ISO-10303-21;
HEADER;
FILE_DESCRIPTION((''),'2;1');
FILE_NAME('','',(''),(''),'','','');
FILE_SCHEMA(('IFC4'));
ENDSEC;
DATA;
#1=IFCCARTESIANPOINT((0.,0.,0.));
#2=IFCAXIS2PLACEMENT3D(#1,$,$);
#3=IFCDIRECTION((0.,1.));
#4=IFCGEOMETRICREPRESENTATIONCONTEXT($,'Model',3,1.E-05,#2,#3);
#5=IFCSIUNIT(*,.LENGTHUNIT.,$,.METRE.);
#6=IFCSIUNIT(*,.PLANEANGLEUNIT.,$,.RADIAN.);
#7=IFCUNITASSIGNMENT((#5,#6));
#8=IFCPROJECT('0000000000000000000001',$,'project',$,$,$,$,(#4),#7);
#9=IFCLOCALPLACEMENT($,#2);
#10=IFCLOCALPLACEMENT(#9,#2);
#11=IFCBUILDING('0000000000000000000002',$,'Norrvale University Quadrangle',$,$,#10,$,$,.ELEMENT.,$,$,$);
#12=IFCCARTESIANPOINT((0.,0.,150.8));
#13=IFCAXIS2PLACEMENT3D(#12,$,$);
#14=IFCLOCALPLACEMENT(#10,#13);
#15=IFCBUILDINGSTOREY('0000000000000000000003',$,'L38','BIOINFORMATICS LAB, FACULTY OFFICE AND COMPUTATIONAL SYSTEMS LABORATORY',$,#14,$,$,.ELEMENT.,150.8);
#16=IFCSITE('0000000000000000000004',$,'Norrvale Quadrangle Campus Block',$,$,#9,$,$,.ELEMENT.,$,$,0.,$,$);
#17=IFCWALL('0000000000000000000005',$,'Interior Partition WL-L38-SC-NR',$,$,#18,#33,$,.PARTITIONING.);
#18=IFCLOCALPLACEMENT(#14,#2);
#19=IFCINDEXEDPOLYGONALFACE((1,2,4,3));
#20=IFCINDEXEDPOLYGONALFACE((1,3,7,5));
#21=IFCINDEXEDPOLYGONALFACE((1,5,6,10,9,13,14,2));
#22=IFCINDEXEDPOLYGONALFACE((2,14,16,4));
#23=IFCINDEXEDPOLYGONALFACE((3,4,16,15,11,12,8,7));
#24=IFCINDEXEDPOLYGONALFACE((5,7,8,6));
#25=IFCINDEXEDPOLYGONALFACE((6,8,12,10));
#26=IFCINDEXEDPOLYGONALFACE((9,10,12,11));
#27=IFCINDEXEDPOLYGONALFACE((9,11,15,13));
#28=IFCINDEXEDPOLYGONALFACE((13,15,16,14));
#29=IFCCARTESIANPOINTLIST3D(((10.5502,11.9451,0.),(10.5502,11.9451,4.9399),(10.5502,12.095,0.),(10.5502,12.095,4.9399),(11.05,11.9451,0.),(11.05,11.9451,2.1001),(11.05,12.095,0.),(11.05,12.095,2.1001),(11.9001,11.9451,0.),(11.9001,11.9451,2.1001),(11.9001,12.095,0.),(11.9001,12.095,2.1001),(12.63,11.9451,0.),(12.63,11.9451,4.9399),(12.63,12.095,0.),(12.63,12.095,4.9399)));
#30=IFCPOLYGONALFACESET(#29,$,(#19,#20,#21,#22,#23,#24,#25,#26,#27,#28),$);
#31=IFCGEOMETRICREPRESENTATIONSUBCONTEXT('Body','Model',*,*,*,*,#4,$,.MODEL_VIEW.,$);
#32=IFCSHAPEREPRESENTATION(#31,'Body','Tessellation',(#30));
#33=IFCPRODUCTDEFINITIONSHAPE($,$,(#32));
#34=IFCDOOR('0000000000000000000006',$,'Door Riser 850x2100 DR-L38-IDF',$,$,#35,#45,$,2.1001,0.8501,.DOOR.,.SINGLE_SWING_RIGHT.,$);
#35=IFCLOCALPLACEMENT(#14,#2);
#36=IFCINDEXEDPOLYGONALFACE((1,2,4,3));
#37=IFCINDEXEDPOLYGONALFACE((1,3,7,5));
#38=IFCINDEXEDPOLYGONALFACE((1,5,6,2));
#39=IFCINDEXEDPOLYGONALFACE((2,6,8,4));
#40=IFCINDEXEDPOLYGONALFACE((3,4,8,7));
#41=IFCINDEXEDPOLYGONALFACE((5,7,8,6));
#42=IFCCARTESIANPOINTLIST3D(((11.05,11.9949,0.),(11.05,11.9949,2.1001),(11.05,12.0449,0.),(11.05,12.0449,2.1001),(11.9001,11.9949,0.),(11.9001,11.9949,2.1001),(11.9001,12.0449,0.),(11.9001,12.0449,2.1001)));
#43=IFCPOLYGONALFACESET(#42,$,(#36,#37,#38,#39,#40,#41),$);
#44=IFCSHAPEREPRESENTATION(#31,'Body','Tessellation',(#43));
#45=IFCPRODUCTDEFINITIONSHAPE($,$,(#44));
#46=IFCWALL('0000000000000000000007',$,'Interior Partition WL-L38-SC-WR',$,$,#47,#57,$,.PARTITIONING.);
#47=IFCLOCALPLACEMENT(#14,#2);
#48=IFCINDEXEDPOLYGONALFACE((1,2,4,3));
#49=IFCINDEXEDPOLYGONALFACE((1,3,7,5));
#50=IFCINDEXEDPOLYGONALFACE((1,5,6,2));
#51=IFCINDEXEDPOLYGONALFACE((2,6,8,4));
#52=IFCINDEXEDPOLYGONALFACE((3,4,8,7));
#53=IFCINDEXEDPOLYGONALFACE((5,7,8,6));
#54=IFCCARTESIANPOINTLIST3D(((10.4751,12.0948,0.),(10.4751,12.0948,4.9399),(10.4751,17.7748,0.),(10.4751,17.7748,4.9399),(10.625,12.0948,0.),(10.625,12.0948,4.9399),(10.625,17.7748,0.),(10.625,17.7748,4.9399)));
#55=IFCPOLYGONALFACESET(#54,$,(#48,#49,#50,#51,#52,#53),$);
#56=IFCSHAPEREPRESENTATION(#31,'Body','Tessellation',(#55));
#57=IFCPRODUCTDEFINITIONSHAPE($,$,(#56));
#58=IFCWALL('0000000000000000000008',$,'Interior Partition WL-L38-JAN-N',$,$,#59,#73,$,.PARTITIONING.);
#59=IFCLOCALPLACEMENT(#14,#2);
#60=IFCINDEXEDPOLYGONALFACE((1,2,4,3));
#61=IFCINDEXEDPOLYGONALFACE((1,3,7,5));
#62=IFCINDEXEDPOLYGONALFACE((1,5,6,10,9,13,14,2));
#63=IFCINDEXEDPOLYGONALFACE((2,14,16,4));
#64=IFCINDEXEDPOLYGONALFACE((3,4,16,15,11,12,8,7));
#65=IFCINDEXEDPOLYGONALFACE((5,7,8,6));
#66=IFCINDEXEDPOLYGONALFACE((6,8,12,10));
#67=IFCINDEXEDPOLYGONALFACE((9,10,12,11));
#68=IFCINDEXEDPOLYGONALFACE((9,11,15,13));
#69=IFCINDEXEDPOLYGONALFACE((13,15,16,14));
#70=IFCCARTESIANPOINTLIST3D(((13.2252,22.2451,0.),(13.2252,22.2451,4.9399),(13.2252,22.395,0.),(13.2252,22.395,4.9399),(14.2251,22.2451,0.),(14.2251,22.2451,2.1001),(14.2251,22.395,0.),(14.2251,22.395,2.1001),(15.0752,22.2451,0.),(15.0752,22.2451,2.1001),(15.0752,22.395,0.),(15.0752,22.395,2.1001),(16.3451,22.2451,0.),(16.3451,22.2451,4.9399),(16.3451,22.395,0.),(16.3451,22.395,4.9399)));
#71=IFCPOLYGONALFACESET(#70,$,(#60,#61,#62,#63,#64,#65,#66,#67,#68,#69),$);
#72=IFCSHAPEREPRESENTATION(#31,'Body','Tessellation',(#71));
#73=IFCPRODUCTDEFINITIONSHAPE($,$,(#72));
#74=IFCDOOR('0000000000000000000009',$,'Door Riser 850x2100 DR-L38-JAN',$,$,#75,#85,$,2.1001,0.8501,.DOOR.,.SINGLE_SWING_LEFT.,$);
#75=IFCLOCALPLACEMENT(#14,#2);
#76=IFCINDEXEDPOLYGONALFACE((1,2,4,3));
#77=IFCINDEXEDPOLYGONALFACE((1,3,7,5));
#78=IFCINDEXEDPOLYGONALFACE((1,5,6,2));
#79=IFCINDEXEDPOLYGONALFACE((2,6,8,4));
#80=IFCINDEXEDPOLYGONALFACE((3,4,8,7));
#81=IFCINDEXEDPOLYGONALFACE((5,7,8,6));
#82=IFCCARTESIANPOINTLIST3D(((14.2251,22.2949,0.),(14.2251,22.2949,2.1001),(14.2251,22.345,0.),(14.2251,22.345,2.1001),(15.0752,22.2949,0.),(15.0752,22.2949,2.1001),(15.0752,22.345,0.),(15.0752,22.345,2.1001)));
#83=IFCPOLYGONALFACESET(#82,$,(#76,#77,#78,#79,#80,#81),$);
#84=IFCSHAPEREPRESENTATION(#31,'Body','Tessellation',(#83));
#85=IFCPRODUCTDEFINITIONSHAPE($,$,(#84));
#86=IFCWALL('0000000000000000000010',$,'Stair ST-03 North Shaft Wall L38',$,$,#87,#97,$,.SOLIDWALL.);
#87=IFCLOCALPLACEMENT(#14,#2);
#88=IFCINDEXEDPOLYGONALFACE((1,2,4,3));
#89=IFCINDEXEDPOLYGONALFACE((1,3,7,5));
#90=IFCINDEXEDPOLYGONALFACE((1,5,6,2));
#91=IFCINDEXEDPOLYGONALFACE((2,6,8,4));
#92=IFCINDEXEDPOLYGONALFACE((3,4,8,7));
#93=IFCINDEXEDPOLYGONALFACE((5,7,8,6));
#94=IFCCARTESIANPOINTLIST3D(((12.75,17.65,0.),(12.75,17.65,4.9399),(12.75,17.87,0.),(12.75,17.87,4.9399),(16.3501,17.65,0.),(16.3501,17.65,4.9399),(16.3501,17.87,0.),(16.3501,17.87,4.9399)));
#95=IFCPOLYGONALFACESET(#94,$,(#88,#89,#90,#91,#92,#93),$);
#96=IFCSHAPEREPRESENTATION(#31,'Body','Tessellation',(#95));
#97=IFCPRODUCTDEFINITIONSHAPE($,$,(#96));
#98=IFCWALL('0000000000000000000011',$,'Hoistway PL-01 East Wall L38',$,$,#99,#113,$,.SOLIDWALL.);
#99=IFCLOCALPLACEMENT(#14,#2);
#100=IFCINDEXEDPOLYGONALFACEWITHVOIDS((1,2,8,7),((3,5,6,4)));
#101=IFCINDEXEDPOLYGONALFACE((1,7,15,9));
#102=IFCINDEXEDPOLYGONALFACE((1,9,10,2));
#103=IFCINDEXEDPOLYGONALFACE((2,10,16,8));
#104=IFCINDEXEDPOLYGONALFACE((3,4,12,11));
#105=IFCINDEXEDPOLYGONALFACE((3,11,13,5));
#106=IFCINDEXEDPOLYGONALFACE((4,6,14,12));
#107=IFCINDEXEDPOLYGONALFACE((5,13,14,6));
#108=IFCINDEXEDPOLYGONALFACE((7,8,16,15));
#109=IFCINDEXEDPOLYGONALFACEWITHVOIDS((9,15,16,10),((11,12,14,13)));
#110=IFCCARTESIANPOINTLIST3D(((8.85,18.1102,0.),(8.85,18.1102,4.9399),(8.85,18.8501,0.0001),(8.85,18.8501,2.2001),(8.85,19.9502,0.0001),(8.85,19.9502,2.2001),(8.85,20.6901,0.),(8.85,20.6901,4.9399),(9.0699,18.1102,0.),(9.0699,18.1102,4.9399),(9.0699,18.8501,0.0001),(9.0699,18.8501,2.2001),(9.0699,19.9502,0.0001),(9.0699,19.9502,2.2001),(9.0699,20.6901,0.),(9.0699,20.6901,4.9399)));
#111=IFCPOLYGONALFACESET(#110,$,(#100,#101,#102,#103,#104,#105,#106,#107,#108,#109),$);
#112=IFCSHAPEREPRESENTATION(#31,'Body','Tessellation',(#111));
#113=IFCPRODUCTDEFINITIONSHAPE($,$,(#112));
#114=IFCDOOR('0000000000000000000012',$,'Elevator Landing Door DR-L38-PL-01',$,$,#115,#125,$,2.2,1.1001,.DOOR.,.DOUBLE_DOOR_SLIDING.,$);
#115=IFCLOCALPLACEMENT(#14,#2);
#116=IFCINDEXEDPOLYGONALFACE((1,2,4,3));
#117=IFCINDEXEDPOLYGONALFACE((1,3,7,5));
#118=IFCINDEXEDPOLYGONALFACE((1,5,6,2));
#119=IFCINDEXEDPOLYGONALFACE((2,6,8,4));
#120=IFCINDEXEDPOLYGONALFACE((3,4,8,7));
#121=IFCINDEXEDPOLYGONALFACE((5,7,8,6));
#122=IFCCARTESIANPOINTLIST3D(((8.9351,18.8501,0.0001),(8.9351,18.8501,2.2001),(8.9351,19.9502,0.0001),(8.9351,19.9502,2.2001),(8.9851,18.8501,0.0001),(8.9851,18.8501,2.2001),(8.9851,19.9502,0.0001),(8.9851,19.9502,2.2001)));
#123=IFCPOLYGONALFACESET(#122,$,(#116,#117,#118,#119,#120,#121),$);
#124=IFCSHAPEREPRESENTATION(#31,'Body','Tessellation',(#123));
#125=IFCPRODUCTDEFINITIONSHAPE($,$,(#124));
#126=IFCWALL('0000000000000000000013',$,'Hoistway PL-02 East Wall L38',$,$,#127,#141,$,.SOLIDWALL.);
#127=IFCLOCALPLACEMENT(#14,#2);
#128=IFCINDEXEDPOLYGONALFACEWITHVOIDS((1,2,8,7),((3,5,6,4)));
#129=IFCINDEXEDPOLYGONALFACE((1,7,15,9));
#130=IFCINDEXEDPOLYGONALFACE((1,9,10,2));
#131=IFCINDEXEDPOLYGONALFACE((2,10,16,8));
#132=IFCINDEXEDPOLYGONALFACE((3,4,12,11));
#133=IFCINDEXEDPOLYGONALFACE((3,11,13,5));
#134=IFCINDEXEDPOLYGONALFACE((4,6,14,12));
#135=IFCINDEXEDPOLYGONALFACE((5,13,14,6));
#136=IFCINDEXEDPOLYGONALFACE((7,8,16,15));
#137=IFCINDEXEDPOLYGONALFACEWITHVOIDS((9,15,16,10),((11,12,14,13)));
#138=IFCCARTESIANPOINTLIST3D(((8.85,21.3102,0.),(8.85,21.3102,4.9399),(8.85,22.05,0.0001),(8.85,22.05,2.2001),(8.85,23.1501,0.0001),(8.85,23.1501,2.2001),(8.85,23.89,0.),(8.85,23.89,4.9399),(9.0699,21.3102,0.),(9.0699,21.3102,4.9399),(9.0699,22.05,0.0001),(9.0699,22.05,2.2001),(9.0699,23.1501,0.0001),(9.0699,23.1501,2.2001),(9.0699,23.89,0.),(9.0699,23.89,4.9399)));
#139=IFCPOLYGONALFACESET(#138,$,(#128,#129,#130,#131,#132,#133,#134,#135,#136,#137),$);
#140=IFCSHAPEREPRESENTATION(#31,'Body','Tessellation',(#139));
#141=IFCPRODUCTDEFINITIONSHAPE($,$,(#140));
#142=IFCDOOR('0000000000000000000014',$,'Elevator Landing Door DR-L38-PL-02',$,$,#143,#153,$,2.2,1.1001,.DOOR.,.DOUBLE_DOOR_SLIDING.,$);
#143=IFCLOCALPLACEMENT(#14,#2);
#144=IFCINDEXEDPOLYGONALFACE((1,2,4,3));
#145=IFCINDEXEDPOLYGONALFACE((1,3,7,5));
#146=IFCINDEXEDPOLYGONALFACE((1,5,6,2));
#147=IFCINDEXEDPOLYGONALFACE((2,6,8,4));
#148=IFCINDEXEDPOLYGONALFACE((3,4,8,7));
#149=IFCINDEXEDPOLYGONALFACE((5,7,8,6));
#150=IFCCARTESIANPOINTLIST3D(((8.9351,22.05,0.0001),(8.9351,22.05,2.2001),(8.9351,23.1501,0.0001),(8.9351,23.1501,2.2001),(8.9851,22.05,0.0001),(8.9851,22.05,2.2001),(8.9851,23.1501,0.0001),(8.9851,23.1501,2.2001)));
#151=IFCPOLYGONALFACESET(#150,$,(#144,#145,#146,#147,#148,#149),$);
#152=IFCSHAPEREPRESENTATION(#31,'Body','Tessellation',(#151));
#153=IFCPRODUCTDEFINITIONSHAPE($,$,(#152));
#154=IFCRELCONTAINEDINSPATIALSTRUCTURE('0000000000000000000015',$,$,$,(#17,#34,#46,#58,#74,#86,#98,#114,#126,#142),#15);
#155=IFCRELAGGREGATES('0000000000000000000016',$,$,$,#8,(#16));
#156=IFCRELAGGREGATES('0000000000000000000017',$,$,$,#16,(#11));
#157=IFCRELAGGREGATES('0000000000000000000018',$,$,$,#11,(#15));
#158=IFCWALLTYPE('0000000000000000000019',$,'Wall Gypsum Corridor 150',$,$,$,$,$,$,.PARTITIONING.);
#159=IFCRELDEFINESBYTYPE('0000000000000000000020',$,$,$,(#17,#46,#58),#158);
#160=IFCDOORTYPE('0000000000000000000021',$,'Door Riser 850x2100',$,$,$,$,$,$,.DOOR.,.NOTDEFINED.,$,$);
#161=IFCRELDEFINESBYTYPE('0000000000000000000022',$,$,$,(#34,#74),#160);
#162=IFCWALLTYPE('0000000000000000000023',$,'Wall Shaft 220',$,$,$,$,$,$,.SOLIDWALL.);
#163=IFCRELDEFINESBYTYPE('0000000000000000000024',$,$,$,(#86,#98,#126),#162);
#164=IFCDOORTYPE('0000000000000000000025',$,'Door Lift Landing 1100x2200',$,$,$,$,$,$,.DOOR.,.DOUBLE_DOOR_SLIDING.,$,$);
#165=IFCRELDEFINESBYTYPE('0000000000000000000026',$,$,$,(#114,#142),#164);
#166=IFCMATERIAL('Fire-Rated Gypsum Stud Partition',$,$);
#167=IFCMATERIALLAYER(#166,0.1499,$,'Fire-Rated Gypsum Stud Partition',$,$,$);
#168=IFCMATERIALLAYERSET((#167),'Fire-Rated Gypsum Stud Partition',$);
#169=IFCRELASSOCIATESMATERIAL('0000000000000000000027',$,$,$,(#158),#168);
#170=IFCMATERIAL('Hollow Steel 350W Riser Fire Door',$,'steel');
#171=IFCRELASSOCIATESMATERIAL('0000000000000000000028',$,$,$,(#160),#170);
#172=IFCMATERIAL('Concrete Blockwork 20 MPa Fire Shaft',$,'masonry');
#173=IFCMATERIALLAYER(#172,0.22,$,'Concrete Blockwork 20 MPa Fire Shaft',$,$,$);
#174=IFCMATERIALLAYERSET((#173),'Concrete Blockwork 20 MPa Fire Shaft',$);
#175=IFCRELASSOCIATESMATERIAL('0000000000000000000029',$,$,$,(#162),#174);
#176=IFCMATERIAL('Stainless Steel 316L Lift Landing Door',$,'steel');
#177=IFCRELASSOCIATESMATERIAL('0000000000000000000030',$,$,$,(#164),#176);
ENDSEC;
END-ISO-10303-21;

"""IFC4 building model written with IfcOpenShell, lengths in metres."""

from ifc_helpers import new_model, si_unit, direction, frame, frame_2d, origin, place, context, subcontext, project, spatial, rectangle, extrude, material, layer, layer_set, type_object, element, fill, save


model = new_model("IFC4")

# Units and contexts
model_context = context("Model", 3, precision=1e-05, world=origin(), true_north=direction((0.0, 1.0)))
body_context = subcontext(model_context, "Body", "Model", "MODEL_VIEW")
ifc_project = project(units=[si_unit("LENGTHUNIT", "METRE"), si_unit("PLANEANGLEUNIT", "RADIAN")], contexts=[model_context])

# Site, building, storey
site_placement = place(None, origin())
site = spatial("IfcSite", under=ifc_project, at=site_placement, Name="Norrvale Quadrangle Campus Block", CompositionType="ELEMENT", RefElevation=0.0)
building_placement = place(site_placement, origin())
building = spatial("IfcBuilding", under=site, at=building_placement, Name="Norrvale University Quadrangle", CompositionType="ELEMENT")
storey_placement = place(building_placement, frame((0.0, 0.0, 150.8)))
storey = spatial("IfcBuildingStorey", under=building, at=storey_placement, Name="L38", Description="BIOINFORMATICS LAB, FACULTY OFFICE AND COMPUTATIONAL SYSTEMS LABORATORY", CompositionType="ELEMENT", Elevation=150.8)

# Wall, opening, door
ifc_material_1 = material(Name="Fire-Rated Gypsum Stud Partition")
ifc_layer_1 = layer(ifc_material_1, 0.1499, Name="Fire-Rated Gypsum Stud Partition")
ifc_layer_set_1 = layer_set([ifc_layer_1], Name="Fire-Rated Gypsum Stud Partition")
wall_type_1 = type_object("IfcWallType", Name="Wall Gypsum Corridor 150", PredefinedType="PARTITIONING", material=ifc_layer_set_1)
wall_1_placement = place(storey_placement, frame((10.55, 12.02, 0.0), z_axis=(0.0, 0.0, 1.0), x_axis=(1.0, 0.0, 0.0)))
wall_1 = element("IfcWall", 1, at=wall_1_placement, inside=storey, type_object=wall_type_1, Name="Interior Partition WL-L38-SC-NR", PredefinedType="PARTITIONING", context=body_context, shape_type="SweptSolid", body=[
    extrude(rectangle(XDim=2.0798, YDim=0.1499, at=frame_2d((1.04, 0.0))), origin(), (0.0, 0.0, 1.0), 4.9399),
])
opening_1_placement = place(wall_1_placement, frame((0.5, 0.0, 0.0)))
opening_1 = element("IfcOpeningElement", 2, at=opening_1_placement, cuts=wall_1, PredefinedType="OPENING", context=body_context, shape_type="SweptSolid", body=[
    extrude(rectangle(XDim=0.8501, YDim=2.1001, at=frame_2d((0.425, 1.05))), frame((0.0, 0.0869, 0.0), z_axis=(0.0, -1.0, 0.0), x_axis=(1.0, 0.0, 0.0)), (0.0, 0.0, 1.0), 0.1738),
])
ifc_material_2 = material(Name="Hollow Steel 350W Riser Fire Door", Category="steel")
door_type_1 = type_object("IfcDoorType", Name="Door Riser 850x2100", OperationType="NOTDEFINED", PredefinedType="DOOR", material=ifc_material_2)
door_1_placement = place(opening_1_placement, origin())
door_1 = element("IfcDoor", 3, at=door_1_placement, inside=storey, type_object=door_type_1, Name="Door Riser 850x2100 DR-L38-IDF", OperationType="SINGLE_SWING_RIGHT", OverallHeight=2.1001, OverallWidth=0.8501, PredefinedType="DOOR", context=body_context, shape_type="SweptSolid", body=[
    extrude(rectangle(XDim=0.8501, YDim=2.1001, at=frame_2d((0.425, 1.05))), frame((0.0, 0.0249, 0.0), z_axis=(0.0, -1.0, 0.0), x_axis=(1.0, 0.0, 0.0)), (0.0, 0.0, 1.0), 0.05),
])
fill(opening_1, door_1)

# Wall
wall_2_placement = place(storey_placement, frame((10.55, 12.095, 0.0), z_axis=(0.0, 0.0, 1.0), x_axis=(0.0, 1.0, 0.0)))
element("IfcWall", 4, at=wall_2_placement, inside=storey, type_object=wall_type_1, Name="Interior Partition WL-L38-SC-WR", PredefinedType="PARTITIONING", context=body_context, shape_type="SweptSolid", body=[
    extrude(rectangle(XDim=5.6799, YDim=0.1499, at=frame_2d((2.8398, 0.0))), origin(), (0.0, 0.0, 1.0), 4.9399),
])

# Wall, opening, door
wall_3_placement = place(storey_placement, frame((13.2251, 22.3201, 0.0), z_axis=(0.0, 0.0, 1.0), x_axis=(1.0, 0.0, 0.0)))
wall_3 = element("IfcWall", 5, at=wall_3_placement, inside=storey, type_object=wall_type_1, Name="Interior Partition WL-L38-JAN-N", PredefinedType="PARTITIONING", context=body_context, shape_type="SweptSolid", body=[
    extrude(rectangle(XDim=3.1199, YDim=0.1499, at=frame_2d((1.5601, 0.0))), origin(), (0.0, 0.0, 1.0), 4.9399),
])
opening_2_placement = place(wall_3_placement, frame((1.0, 0.0, 0.0)))
opening_2 = element("IfcOpeningElement", 6, at=opening_2_placement, cuts=wall_3, PredefinedType="OPENING", context=body_context, shape_type="SweptSolid", body=[
    extrude(rectangle(XDim=0.8501, YDim=2.1001, at=frame_2d((0.425, 1.05))), frame((0.0, 0.0869, 0.0), z_axis=(0.0, -1.0, 0.0), x_axis=(1.0, 0.0, 0.0)), (0.0, 0.0, 1.0), 0.1738),
])
door_2_placement = place(opening_2_placement, origin())
door_2 = element("IfcDoor", 7, at=door_2_placement, inside=storey, type_object=door_type_1, Name="Door Riser 850x2100 DR-L38-JAN", OperationType="SINGLE_SWING_LEFT", OverallHeight=2.1001, OverallWidth=0.8501, PredefinedType="DOOR", context=body_context, shape_type="SweptSolid", body=[
    extrude(rectangle(XDim=0.8501, YDim=2.1001, at=frame_2d((0.425, 1.05))), frame((0.0, 0.0249, 0.0), z_axis=(0.0, -1.0, 0.0), x_axis=(1.0, 0.0, 0.0)), (0.0, 0.0, 1.0), 0.05),
])
fill(opening_2, door_2)

# Wall
ifc_material_3 = material(Name="Concrete Blockwork 20 MPa Fire Shaft", Category="masonry")
ifc_layer_2 = layer(ifc_material_3, 0.22, Name="Concrete Blockwork 20 MPa Fire Shaft")
ifc_layer_set_2 = layer_set([ifc_layer_2], Name="Concrete Blockwork 20 MPa Fire Shaft")
wall_type_2 = type_object("IfcWallType", Name="Wall Shaft 220", PredefinedType="SOLIDWALL", material=ifc_layer_set_2)
wall_4_placement = place(storey_placement, frame((12.75, 17.76, 0.0), z_axis=(0.0, 0.0, 1.0), x_axis=(1.0, 0.0, 0.0)))
element("IfcWall", 8, at=wall_4_placement, inside=storey, type_object=wall_type_2, Name="Stair ST-03 North Shaft Wall L38", PredefinedType="SOLIDWALL", context=body_context, shape_type="SweptSolid", body=[
    extrude(rectangle(XDim=3.6001, YDim=0.22, at=frame_2d((1.8, 0.0))), origin(), (0.0, 0.0, 1.0), 4.9399),
])

# Walls, openings, doors
wall_5_placement = place(storey_placement, frame((8.96, 18.1101, 0.0), z_axis=(0.0, 0.0, 1.0), x_axis=(0.0, 1.0, 0.0)))
wall_5 = element("IfcWall", 9, at=wall_5_placement, inside=storey, type_object=wall_type_2, Name="Hoistway PL-01 East Wall L38", PredefinedType="SOLIDWALL", context=body_context, shape_type="SweptSolid", body=[
    extrude(rectangle(XDim=2.5798, YDim=0.22, at=frame_2d((1.29, 0.0))), origin(), (0.0, 0.0, 1.0), 4.9399),
])
opening_3_placement = place(wall_5_placement, frame((0.74, 0.0, 0.0)))
opening_3 = element("IfcOpeningElement", 10, at=opening_3_placement, cuts=wall_5, PredefinedType="OPENING", context=body_context, shape_type="SweptSolid", body=[
    extrude(rectangle(XDim=1.1001, YDim=2.2, at=frame_2d((0.55, 1.1001))), frame((0.0, 0.1221, 0.0), z_axis=(0.0, -1.0, 0.0), x_axis=(1.0, 0.0, 0.0)), (0.0, 0.0, 1.0), 0.2439),
])
ifc_material_4 = material(Name="Stainless Steel 316L Lift Landing Door", Category="steel")
door_type_2 = type_object("IfcDoorType", Name="Door Lift Landing 1100x2200", OperationType="DOUBLE_DOOR_SLIDING", PredefinedType="DOOR", material=ifc_material_4)
door_3_placement = place(opening_3_placement, origin())
door_3 = element("IfcDoor", 11, at=door_3_placement, inside=storey, type_object=door_type_2, Name="Elevator Landing Door DR-L38-PL-01", OperationType="DOUBLE_DOOR_SLIDING", OverallHeight=2.2, OverallWidth=1.1001, PredefinedType="DOOR", context=body_context, shape_type="SweptSolid", body=[
    extrude(rectangle(XDim=1.1001, YDim=2.2, at=frame_2d((0.55, 1.1001))), frame((0.0, 0.0249, 0.0), z_axis=(0.0, -1.0, 0.0), x_axis=(1.0, 0.0, 0.0)), (0.0, 0.0, 1.0), 0.05),
])
fill(opening_3, door_3)
wall_6_placement = place(storey_placement, frame((8.96, 21.3101, 0.0), z_axis=(0.0, 0.0, 1.0), x_axis=(0.0, 1.0, 0.0)))
wall_6 = element("IfcWall", 12, at=wall_6_placement, inside=storey, type_object=wall_type_2, Name="Hoistway PL-02 East Wall L38", PredefinedType="SOLIDWALL", context=body_context, shape_type="SweptSolid", body=[
    extrude(rectangle(XDim=2.5798, YDim=0.22, at=frame_2d((1.29, 0.0))), origin(), (0.0, 0.0, 1.0), 4.9399),
])
opening_4_placement = place(wall_6_placement, frame((0.74, 0.0, 0.0)))
opening_4 = element("IfcOpeningElement", 13, at=opening_4_placement, cuts=wall_6, PredefinedType="OPENING", context=body_context, shape_type="SweptSolid", body=[
    extrude(rectangle(XDim=1.1001, YDim=2.2, at=frame_2d((0.55, 1.1001))), frame((0.0, 0.1221, 0.0), z_axis=(0.0, -1.0, 0.0), x_axis=(1.0, 0.0, 0.0)), (0.0, 0.0, 1.0), 0.2439),
])
door_4_placement = place(opening_4_placement, origin())
door_4 = element("IfcDoor", 14, at=door_4_placement, inside=storey, type_object=door_type_2, Name="Elevator Landing Door DR-L38-PL-02", OperationType="DOUBLE_DOOR_SLIDING", OverallHeight=2.2, OverallWidth=1.1001, PredefinedType="DOOR", context=body_context, shape_type="SweptSolid", body=[
    extrude(rectangle(XDim=1.1001, YDim=2.2, at=frame_2d((0.55, 1.1001))), frame((0.0, 0.0249, 0.0), z_axis=(0.0, -1.0, 0.0), x_axis=(1.0, 0.0, 0.0)), (0.0, 0.0, 1.0), 0.05),
])
fill(opening_4, door_4)

save(model, "model.ifc")
